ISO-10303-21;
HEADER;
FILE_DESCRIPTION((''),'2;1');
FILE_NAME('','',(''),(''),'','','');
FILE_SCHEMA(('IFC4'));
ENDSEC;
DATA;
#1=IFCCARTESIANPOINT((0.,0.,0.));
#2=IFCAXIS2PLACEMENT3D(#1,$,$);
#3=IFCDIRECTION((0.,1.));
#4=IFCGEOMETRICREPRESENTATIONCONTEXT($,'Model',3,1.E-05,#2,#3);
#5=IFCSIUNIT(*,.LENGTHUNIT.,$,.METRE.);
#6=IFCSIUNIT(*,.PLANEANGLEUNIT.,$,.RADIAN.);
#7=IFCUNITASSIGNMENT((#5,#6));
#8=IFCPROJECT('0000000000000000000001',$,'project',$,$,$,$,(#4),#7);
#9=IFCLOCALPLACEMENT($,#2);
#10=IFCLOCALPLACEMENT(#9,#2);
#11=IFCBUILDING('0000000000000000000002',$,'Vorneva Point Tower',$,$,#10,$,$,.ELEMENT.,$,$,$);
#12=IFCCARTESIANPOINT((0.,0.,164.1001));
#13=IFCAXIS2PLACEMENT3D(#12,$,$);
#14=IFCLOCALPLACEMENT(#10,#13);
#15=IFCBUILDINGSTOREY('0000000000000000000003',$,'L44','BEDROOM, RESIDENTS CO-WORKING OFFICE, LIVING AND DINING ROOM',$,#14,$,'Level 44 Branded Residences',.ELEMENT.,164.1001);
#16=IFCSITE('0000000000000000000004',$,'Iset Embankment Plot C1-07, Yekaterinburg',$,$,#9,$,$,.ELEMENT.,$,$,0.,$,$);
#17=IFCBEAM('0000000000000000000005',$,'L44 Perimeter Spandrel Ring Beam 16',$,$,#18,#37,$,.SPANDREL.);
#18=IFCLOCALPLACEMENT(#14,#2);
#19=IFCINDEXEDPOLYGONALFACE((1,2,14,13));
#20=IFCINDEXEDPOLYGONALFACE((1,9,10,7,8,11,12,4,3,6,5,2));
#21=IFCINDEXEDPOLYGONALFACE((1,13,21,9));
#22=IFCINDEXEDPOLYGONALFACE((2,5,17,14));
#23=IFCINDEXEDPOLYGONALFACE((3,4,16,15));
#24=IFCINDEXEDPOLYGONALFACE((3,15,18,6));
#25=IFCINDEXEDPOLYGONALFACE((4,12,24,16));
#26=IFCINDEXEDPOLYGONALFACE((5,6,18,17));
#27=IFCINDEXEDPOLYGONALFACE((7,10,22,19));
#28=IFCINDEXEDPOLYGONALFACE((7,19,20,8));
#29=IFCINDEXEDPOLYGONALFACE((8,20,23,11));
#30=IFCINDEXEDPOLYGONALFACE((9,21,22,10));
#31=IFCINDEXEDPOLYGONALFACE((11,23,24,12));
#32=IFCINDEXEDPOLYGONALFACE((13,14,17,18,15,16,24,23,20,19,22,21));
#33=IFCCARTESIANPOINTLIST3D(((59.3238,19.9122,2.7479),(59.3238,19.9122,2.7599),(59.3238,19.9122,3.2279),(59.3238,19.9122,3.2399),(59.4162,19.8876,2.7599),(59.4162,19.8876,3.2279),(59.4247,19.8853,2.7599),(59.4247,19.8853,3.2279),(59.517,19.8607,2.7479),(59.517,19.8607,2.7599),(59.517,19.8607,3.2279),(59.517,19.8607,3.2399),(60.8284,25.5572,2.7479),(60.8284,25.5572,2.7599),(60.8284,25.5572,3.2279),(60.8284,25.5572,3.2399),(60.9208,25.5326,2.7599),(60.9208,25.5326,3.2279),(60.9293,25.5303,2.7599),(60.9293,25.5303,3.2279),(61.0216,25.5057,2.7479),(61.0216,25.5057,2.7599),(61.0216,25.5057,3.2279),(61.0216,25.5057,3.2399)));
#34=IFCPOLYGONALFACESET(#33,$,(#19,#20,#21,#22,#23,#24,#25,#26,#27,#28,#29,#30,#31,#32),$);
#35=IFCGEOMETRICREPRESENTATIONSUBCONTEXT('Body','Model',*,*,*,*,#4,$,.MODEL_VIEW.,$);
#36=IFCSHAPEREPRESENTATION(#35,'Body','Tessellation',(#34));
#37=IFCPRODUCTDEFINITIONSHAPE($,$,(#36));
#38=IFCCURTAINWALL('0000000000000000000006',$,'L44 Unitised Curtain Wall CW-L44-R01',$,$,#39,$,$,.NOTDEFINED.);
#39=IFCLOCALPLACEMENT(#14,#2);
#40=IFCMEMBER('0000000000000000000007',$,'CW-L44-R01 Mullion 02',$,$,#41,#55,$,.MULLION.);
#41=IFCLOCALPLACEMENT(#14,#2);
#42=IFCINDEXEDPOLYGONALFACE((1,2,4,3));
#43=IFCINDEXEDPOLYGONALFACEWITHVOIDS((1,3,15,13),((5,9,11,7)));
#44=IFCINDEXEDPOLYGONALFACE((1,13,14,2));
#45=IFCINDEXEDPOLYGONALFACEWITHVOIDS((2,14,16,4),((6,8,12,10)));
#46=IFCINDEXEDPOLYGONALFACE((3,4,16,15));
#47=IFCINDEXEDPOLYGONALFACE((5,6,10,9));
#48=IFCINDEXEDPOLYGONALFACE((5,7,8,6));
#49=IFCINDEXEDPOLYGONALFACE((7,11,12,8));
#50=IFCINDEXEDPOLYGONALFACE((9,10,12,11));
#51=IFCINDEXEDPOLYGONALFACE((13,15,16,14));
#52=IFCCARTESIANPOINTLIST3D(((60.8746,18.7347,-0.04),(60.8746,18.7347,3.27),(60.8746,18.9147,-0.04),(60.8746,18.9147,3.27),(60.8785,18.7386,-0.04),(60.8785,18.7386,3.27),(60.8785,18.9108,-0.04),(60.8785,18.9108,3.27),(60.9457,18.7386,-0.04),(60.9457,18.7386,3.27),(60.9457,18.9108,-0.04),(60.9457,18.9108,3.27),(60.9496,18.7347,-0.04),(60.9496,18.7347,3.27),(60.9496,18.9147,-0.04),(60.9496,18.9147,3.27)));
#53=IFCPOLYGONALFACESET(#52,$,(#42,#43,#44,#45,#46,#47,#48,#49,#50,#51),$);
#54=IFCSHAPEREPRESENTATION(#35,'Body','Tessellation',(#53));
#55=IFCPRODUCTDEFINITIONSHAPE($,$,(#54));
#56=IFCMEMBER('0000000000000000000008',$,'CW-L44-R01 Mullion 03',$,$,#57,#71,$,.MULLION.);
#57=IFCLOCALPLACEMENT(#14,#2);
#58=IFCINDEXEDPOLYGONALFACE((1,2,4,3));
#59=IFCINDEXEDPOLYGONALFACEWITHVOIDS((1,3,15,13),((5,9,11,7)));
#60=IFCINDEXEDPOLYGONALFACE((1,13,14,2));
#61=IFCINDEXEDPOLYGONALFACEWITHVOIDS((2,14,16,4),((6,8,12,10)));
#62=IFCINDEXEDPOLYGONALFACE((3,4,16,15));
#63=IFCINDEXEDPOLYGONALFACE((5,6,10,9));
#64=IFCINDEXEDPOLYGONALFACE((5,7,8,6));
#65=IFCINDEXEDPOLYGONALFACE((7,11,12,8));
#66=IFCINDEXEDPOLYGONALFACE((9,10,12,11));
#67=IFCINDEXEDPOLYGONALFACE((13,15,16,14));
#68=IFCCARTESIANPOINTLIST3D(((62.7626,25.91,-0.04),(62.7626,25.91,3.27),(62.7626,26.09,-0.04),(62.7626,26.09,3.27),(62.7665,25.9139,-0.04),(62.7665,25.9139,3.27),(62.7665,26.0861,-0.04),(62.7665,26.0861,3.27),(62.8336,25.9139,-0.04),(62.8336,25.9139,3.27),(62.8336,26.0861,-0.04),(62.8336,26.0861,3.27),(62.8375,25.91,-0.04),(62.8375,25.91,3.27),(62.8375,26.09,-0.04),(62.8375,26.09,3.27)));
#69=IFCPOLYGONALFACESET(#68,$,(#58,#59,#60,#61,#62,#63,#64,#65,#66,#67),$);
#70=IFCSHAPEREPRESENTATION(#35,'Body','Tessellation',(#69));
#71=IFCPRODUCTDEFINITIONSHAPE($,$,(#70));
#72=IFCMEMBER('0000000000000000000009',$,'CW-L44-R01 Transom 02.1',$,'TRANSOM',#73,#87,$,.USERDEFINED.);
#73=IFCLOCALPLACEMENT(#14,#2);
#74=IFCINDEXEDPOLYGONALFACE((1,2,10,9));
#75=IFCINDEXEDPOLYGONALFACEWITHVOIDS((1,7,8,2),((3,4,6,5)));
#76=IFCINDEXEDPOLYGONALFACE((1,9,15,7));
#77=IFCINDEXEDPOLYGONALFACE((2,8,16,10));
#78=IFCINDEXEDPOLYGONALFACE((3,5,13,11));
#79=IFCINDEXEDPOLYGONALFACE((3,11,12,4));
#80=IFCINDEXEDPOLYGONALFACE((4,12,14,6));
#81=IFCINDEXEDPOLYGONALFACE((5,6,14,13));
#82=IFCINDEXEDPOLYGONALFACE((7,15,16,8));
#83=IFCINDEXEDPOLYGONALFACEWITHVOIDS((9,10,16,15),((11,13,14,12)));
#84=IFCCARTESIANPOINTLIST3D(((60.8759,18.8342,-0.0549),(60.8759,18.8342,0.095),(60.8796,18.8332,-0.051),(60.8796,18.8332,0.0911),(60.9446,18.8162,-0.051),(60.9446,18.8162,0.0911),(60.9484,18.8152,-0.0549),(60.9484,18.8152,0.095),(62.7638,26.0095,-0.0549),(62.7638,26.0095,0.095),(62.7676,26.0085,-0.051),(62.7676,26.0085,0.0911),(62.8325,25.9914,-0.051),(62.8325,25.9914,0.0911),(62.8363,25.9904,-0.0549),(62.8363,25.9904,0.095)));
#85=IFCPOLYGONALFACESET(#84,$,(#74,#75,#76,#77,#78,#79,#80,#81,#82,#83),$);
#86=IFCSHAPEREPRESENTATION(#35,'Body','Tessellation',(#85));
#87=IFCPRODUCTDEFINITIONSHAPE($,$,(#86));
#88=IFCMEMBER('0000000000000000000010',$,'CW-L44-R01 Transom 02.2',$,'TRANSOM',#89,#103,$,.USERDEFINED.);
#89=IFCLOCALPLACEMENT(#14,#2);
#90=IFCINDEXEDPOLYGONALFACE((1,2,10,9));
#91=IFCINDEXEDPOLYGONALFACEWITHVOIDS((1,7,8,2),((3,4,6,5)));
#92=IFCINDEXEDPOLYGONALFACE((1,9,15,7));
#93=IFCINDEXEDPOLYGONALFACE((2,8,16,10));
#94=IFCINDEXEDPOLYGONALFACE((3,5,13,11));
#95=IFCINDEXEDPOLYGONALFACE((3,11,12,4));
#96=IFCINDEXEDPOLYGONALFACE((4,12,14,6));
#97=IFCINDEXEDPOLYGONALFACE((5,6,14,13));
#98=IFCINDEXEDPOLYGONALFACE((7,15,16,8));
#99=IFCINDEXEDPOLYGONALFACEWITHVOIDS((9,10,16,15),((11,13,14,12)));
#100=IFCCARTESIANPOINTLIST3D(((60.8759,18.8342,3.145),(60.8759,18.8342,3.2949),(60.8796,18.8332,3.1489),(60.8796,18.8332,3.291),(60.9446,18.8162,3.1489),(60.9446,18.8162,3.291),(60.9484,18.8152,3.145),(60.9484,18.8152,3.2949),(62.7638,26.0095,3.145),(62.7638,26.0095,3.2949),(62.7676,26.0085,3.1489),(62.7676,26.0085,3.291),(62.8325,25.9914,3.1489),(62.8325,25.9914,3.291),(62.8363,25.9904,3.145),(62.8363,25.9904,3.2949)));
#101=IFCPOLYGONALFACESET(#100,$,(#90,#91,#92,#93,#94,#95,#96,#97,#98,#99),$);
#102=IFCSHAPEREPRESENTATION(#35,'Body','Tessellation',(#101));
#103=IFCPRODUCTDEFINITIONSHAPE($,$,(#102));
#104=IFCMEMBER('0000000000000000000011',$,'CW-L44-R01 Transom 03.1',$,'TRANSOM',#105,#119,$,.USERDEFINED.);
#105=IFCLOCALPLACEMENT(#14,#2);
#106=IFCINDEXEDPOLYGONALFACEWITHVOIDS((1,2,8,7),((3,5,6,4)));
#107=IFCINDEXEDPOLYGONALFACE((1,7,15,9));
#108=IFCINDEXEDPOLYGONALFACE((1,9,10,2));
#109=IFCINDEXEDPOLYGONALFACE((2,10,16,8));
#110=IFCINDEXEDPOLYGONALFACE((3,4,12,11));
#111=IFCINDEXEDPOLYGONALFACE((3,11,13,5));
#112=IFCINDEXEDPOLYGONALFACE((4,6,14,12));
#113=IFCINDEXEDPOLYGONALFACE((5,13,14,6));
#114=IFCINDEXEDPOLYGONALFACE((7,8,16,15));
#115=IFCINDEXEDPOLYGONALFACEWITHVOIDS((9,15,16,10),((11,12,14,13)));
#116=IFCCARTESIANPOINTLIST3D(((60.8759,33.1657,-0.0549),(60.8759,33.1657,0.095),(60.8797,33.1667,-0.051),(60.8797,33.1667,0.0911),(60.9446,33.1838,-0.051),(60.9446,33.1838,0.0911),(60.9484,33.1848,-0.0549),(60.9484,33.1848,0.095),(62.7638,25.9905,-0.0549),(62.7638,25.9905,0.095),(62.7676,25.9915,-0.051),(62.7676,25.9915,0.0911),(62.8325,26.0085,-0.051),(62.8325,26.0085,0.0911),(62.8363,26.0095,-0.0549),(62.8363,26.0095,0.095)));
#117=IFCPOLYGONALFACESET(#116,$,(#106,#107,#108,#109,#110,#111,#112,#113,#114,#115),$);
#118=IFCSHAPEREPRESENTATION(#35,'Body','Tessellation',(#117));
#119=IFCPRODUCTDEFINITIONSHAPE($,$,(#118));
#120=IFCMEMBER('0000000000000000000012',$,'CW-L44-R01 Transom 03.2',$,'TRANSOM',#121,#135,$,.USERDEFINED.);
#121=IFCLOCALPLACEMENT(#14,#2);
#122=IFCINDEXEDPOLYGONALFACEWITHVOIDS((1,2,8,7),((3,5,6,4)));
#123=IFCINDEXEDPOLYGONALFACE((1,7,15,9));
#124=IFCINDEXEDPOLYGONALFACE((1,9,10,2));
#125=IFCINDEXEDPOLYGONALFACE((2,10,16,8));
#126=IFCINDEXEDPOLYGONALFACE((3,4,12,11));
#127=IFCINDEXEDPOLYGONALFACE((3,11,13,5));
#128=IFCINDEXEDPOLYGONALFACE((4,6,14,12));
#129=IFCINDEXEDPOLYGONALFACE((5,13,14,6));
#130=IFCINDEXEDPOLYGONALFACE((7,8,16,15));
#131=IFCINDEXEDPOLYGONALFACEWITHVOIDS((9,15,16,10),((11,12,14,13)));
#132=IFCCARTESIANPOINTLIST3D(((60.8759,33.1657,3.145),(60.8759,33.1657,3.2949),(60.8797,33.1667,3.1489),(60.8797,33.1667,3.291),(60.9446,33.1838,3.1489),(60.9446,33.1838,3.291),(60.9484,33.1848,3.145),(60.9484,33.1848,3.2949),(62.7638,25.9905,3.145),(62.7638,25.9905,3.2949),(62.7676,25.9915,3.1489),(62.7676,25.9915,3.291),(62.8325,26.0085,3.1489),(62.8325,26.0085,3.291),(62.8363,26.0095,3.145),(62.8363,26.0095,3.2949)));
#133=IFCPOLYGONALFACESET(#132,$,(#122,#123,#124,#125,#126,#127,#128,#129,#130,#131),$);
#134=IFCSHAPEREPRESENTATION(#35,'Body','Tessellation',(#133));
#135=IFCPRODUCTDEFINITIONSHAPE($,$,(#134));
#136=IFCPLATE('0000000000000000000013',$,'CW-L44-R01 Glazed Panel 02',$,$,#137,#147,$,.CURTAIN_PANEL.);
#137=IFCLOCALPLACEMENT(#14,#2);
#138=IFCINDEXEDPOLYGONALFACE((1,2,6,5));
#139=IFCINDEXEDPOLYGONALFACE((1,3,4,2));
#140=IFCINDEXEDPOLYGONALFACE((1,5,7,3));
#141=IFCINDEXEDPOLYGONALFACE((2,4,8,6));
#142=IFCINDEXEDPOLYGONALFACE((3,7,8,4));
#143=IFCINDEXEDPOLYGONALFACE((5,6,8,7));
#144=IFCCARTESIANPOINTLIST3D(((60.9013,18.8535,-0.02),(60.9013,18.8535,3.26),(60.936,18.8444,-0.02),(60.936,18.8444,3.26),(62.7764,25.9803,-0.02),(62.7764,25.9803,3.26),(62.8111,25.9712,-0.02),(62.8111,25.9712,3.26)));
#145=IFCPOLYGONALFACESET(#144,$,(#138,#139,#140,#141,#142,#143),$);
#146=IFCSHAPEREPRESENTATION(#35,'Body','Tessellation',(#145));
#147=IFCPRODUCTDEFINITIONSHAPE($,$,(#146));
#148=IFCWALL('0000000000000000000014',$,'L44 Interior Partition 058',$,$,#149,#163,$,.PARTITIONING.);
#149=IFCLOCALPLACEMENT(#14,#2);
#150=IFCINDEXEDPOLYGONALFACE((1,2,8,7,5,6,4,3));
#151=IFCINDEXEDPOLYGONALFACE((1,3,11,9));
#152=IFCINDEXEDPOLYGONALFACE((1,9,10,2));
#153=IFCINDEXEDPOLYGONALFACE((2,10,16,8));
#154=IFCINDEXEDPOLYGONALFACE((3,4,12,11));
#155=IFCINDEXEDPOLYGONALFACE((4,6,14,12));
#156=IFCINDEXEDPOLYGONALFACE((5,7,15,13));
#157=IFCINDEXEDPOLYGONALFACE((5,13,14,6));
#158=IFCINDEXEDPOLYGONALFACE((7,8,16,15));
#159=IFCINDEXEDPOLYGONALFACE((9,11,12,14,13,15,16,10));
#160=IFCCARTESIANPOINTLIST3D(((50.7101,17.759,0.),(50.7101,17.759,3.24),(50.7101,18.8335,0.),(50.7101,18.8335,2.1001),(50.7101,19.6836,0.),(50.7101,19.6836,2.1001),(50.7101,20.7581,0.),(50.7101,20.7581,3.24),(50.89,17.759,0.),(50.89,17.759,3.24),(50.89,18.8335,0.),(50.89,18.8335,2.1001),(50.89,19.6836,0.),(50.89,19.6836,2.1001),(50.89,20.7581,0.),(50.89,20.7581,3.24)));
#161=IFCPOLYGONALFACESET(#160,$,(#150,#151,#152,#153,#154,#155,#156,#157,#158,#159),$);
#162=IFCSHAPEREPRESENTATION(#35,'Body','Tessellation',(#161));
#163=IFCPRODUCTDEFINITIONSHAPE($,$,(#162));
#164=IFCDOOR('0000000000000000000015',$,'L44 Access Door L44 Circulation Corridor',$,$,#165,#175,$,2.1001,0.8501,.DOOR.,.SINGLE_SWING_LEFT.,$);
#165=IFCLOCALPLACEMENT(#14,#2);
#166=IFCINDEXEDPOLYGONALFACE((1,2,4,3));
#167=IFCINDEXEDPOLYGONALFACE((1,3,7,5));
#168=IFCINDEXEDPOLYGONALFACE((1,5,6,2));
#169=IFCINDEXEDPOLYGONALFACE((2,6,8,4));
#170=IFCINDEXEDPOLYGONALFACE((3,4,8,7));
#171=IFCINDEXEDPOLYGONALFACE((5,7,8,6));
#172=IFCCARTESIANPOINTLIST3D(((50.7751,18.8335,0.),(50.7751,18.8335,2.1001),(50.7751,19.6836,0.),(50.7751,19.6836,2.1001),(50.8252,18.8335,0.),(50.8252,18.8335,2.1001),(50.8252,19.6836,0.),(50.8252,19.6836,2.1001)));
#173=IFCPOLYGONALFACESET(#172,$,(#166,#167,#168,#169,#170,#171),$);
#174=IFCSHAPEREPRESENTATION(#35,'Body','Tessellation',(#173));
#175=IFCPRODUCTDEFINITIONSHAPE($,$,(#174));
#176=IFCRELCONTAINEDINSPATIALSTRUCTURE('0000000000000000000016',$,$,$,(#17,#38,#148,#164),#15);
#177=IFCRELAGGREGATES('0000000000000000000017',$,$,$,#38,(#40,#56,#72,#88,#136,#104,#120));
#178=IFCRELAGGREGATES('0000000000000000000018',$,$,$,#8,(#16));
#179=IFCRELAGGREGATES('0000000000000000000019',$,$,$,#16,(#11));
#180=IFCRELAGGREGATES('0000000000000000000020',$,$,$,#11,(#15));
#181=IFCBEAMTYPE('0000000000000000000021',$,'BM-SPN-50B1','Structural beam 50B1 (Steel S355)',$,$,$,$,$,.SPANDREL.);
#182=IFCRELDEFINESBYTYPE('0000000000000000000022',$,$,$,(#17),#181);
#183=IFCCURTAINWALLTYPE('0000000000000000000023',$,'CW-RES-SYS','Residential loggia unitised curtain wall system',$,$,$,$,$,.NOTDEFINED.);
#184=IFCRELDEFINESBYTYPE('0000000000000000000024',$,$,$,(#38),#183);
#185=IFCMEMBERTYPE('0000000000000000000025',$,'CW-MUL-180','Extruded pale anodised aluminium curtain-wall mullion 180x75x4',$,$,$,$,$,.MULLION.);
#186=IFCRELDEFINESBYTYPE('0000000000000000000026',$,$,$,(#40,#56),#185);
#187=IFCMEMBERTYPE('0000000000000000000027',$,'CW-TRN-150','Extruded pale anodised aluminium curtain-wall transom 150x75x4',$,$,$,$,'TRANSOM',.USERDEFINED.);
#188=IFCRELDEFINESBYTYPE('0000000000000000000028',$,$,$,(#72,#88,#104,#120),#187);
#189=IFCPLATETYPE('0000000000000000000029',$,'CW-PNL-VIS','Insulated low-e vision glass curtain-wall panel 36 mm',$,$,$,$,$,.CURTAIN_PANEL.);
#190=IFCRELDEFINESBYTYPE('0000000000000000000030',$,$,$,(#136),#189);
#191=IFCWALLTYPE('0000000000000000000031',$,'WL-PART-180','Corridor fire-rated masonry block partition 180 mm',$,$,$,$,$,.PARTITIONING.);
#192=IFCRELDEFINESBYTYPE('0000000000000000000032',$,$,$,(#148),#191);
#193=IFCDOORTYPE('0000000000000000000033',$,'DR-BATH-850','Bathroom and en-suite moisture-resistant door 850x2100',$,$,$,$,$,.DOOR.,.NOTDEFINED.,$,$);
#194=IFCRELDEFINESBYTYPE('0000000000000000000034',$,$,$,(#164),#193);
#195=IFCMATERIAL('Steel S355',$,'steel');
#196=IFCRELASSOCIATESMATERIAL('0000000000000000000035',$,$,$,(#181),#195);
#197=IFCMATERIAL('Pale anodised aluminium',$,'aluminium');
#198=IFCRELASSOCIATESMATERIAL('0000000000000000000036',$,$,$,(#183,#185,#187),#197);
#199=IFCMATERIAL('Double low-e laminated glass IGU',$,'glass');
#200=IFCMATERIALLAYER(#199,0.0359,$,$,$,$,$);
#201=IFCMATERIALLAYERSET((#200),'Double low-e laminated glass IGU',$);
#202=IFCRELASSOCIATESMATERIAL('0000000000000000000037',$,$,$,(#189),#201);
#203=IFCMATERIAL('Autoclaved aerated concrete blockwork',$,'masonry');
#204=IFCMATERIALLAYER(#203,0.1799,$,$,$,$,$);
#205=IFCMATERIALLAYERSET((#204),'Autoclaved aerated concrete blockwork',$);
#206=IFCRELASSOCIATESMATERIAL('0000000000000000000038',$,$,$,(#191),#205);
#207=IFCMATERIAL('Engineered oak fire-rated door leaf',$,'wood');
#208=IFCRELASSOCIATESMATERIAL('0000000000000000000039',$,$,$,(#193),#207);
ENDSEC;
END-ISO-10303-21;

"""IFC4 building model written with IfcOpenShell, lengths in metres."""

from ifc_helpers import new_model, si_unit, direction, frame, frame_2d, origin, origin_2d, place, context, subcontext, project, spatial, rectangle, hollow_rectangle, i_section, extrude, material, layer, layer_set, material_profile, profile_set, type_object, element, fill, aggregate, save


model = new_model("IFC4")

# Units and contexts
model_context = context("Model", 3, precision=1e-05, world=origin(), true_north=direction((0.0, 1.0)))
body_context = subcontext(model_context, "Body", "Model", "MODEL_VIEW")
ifc_project = project(units=[si_unit("LENGTHUNIT", "METRE"), si_unit("PLANEANGLEUNIT", "RADIAN")], contexts=[model_context])

# Site, building, storey
site_placement = place(None, origin())
site = spatial("IfcSite", under=ifc_project, at=site_placement, Name="Iset Embankment Plot C1-07, Yekaterinburg", CompositionType="ELEMENT", RefElevation=0.0)
building_placement = place(site_placement, origin())
building = spatial("IfcBuilding", under=site, at=building_placement, Name="Vorneva Point Tower", CompositionType="ELEMENT")
storey_placement = place(building_placement, frame((0.0, 0.0, 164.1001)))
storey = spatial("IfcBuildingStorey", under=building, at=storey_placement, Name="L44", Description="BEDROOM, RESIDENTS CO-WORKING OFFICE, LIVING AND DINING ROOM", LongName="Level 44 Branded Residences", CompositionType="ELEMENT", Elevation=164.1001)

# Beam
ifc_material_1 = material(Name="Steel S355", Category="steel")
ifc_material_profile_1 = material_profile(ifc_material_1, i_section(OverallWidth=0.2, OverallDepth=0.4919, WebThickness=0.0088, FlangeThickness=0.012, at=origin_2d()), Name="50B1")
ifc_profile_set_1 = profile_set([ifc_material_profile_1], Name="Steel S355")
beam_type_1 = type_object("IfcBeamType", Name="BM-SPN-50B1", Description="Structural beam 50B1 (Steel S355)", PredefinedType="SPANDREL", material=ifc_profile_set_1)
beam_1_placement = place(storey_placement, frame((59.4204, 19.8865, 2.9939), z_axis=(0.257551, 0.966265, 0.0), x_axis=(-0.966265, 0.257551, 0.0)))
element("IfcBeam", 1, at=beam_1_placement, inside=storey, type_object=beam_type_1, Name="L44 Perimeter Spandrel Ring Beam 16", PredefinedType="SPANDREL", context=body_context, shape_type="SweptSolid", body=[
    extrude(i_section(OverallWidth=0.2, OverallDepth=0.4919, WebThickness=0.0088, FlangeThickness=0.012, at=origin_2d()), origin(), (0.0, 0.0, 1.0), 5.842),
])

# Curtain wall, members, plate
ifc_material_2 = material(Name="Pale anodised aluminium", Category="aluminium")
curtain_wall_type = type_object("IfcCurtainWallType", Name="CW-RES-SYS", Description="Residential loggia unitised curtain wall system", PredefinedType="NOTDEFINED", material=ifc_material_2)
curtain_wall_placement = place(storey_placement, origin())
curtain_wall = element("IfcCurtainWall", 2, at=curtain_wall_placement, inside=storey, type_object=curtain_wall_type, Name="L44 Unitised Curtain Wall CW-L44-R01", PredefinedType="NOTDEFINED")
ifc_material_profile_2 = material_profile(ifc_material_2, hollow_rectangle(XDim=0.075, YDim=0.1799, WallThickness=0.0039, at=origin_2d()), Name="AL-MUL 180x75x4")
ifc_profile_set_2 = profile_set([ifc_material_profile_2], Name="Pale anodised aluminium")
member_type_1 = type_object("IfcMemberType", Name="CW-MUL-180", Description="Extruded pale anodised aluminium curtain-wall mullion 180x75x4", PredefinedType="MULLION", material=ifc_profile_set_2)
member_1_placement = place(storey_placement, frame((60.9121, 18.8247, -0.04), z_axis=(0.0, 0.0, 1.0), x_axis=(1.0, 0.0, 0.0)))
member_1 = element("IfcMember", 3, at=member_1_placement, type_object=member_type_1, Name="CW-L44-R01 Mullion 02", PredefinedType="MULLION", context=body_context, shape_type="SweptSolid", body=[
    extrude(hollow_rectangle(XDim=0.075, YDim=0.1799, WallThickness=0.0039, at=origin_2d()), origin(), (0.0, 0.0, 1.0), 3.3101),
])
member_2_placement = place(storey_placement, frame((62.8, 26.0, -0.04), z_axis=(0.0, 0.0, 1.0), x_axis=(1.0, 0.0, 0.0)))
member_2 = element("IfcMember", 4, at=member_2_placement, type_object=member_type_1, Name="CW-L44-R01 Mullion 03", PredefinedType="MULLION", context=body_context, shape_type="SweptSolid", body=[
    extrude(hollow_rectangle(XDim=0.075, YDim=0.1799, WallThickness=0.0039, at=origin_2d()), origin(), (0.0, 0.0, 1.0), 3.3101),
])
ifc_material_profile_3 = material_profile(ifc_material_2, hollow_rectangle(XDim=0.075, YDim=0.1499, WallThickness=0.0039, at=origin_2d()), Name="AL-TRN 150x75x4")
ifc_profile_set_3 = profile_set([ifc_material_profile_3], Name="Pale anodised aluminium")
member_type_2 = type_object("IfcMemberType", Name="CW-TRN-150", Description="Extruded pale anodised aluminium curtain-wall transom 150x75x4", ElementType="TRANSOM", PredefinedType="USERDEFINED", material=ifc_profile_set_3)
member_3_placement = place(storey_placement, frame((60.9121, 18.8247, 0.02), z_axis=(0.254456, 0.967084, 0.0), x_axis=(-0.967084, 0.254456, 0.0)))
member_3 = element("IfcMember", 5, at=member_3_placement, type_object=member_type_2, Name="CW-L44-R01 Transom 02.1", ObjectType="TRANSOM", PredefinedType="USERDEFINED", context=body_context, shape_type="SweptSolid", body=[
    extrude(hollow_rectangle(XDim=0.075, YDim=0.1499, WallThickness=0.0039, at=origin_2d()), origin(), (0.0, 0.0, 1.0), 7.4194),
])
member_4_placement = place(storey_placement, frame((60.9121, 18.8247, 3.22), z_axis=(0.254456, 0.967084, 0.0), x_axis=(-0.967084, 0.254456, 0.0)))
member_4 = element("IfcMember", 6, at=member_4_placement, type_object=member_type_2, Name="CW-L44-R01 Transom 02.2", ObjectType="TRANSOM", PredefinedType="USERDEFINED", context=body_context, shape_type="SweptSolid", body=[
    extrude(hollow_rectangle(XDim=0.075, YDim=0.1499, WallThickness=0.0039, at=origin_2d()), origin(), (0.0, 0.0, 1.0), 7.4194),
])
member_5_placement = place(storey_placement, frame((62.8, 26.0, 0.02), z_axis=(-0.254456, 0.967084, 0.0), x_axis=(-0.967084, -0.254456, 0.0)))
member_5 = element("IfcMember", 7, at=member_5_placement, type_object=member_type_2, Name="CW-L44-R01 Transom 03.1", ObjectType="TRANSOM", PredefinedType="USERDEFINED", context=body_context, shape_type="SweptSolid", body=[
    extrude(hollow_rectangle(XDim=0.075, YDim=0.1499, WallThickness=0.0039, at=origin_2d()), origin(), (0.0, 0.0, 1.0), 7.4194),
])
member_6_placement = place(storey_placement, frame((62.8, 26.0, 3.22), z_axis=(-0.254456, 0.967084, 0.0), x_axis=(-0.967084, -0.254456, 0.0)))
member_6 = element("IfcMember", 8, at=member_6_placement, type_object=member_type_2, Name="CW-L44-R01 Transom 03.2", ObjectType="TRANSOM", PredefinedType="USERDEFINED", context=body_context, shape_type="SweptSolid", body=[
    extrude(hollow_rectangle(XDim=0.075, YDim=0.1499, WallThickness=0.0039, at=origin_2d()), origin(), (0.0, 0.0, 1.0), 7.4194),
])
ifc_material_3 = material(Name="Double low-e laminated glass IGU", Category="glass")
ifc_layer_1 = layer(ifc_material_3, 0.0359)
ifc_layer_set_1 = layer_set([ifc_layer_1], Name="Double low-e laminated glass IGU")
plate_type = type_object("IfcPlateType", Name="CW-PNL-VIS", Description="Insulated low-e vision glass curtain-wall panel 36 mm", PredefinedType="CURTAIN_PANEL", material=ifc_layer_set_1)
plate_placement = place(storey_placement, frame((61.8562, 22.4124, -0.02), z_axis=(0.0, 0.0, 1.0), x_axis=(0.254433, 0.96709, 0.0)))
plate = element("IfcPlate", 9, at=plate_placement, type_object=plate_type, Name="CW-L44-R01 Glazed Panel 02", PredefinedType="CURTAIN_PANEL", context=body_context, shape_type="SweptSolid", body=[
    extrude(rectangle(XDim=7.3694, YDim=0.0359, at=origin_2d()), origin(), (0.0, 0.0, 1.0), 3.28),
])
aggregate(curtain_wall, [member_1, member_2, member_3, member_4, plate, member_5, member_6])

# Wall, opening, door
ifc_material_4 = material(Name="Autoclaved aerated concrete blockwork", Category="masonry")
ifc_layer_2 = layer(ifc_material_4, 0.1799)
ifc_layer_set_2 = layer_set([ifc_layer_2], Name="Autoclaved aerated concrete blockwork")
wall_type_1 = type_object("IfcWallType", Name="WL-PART-180", Description="Corridor fire-rated masonry block partition 180 mm", PredefinedType="PARTITIONING", material=ifc_layer_set_2)
wall_1_placement = place(storey_placement, frame((50.8, 17.759, 0.0), z_axis=(0.0, 0.0, 1.0), x_axis=(0.0, 1.0, 0.0)))
wall_1 = element("IfcWall", 10, at=wall_1_placement, inside=storey, type_object=wall_type_1, Name="L44 Interior Partition 058", PredefinedType="PARTITIONING", context=body_context, shape_type="SweptSolid", body=[
    extrude(rectangle(XDim=2.999, YDim=0.1799, at=frame_2d((1.4995, 0.0))), origin(), (0.0, 0.0, 1.0), 3.24),
])
opening_1_placement = place(wall_1_placement, frame((1.0745, 0.0, 0.0)))
opening_1 = element("IfcOpeningElement", 11, at=opening_1_placement, cuts=wall_1, PredefinedType="OPENING", context=body_context, shape_type="SweptSolid", body=[
    extrude(rectangle(XDim=0.8501, YDim=2.1001, at=frame_2d((0.425, 1.05))), frame((0.0, 0.105, 0.0), z_axis=(0.0, -1.0, 0.0), x_axis=(1.0, 0.0, 0.0)), (0.0, 0.0, 1.0), 0.2097),
])
ifc_material_5 = material(Name="Engineered oak fire-rated door leaf", Category="wood")
door_type_1 = type_object("IfcDoorType", Name="DR-BATH-850", Description="Bathroom and en-suite moisture-resistant door 850x2100", OperationType="NOTDEFINED", PredefinedType="DOOR", material=ifc_material_5)
door_1_placement = place(opening_1_placement, origin())
door_1 = element("IfcDoor", 12, at=door_1_placement, inside=storey, type_object=door_type_1, Name="L44 Access Door L44 Circulation Corridor", OperationType="SINGLE_SWING_LEFT", OverallHeight=2.1001, OverallWidth=0.8501, PredefinedType="DOOR", context=body_context, shape_type="SweptSolid", body=[
    extrude(rectangle(XDim=0.8501, YDim=2.1001, at=frame_2d((0.425, 1.05))), frame((0.0, 0.0249, 0.0), z_axis=(0.0, -1.0, 0.0), x_axis=(1.0, 0.0, 0.0)), (0.0, 0.0, 1.0), 0.05),
])
fill(opening_1, door_1)

save(model, "model.ifc")
